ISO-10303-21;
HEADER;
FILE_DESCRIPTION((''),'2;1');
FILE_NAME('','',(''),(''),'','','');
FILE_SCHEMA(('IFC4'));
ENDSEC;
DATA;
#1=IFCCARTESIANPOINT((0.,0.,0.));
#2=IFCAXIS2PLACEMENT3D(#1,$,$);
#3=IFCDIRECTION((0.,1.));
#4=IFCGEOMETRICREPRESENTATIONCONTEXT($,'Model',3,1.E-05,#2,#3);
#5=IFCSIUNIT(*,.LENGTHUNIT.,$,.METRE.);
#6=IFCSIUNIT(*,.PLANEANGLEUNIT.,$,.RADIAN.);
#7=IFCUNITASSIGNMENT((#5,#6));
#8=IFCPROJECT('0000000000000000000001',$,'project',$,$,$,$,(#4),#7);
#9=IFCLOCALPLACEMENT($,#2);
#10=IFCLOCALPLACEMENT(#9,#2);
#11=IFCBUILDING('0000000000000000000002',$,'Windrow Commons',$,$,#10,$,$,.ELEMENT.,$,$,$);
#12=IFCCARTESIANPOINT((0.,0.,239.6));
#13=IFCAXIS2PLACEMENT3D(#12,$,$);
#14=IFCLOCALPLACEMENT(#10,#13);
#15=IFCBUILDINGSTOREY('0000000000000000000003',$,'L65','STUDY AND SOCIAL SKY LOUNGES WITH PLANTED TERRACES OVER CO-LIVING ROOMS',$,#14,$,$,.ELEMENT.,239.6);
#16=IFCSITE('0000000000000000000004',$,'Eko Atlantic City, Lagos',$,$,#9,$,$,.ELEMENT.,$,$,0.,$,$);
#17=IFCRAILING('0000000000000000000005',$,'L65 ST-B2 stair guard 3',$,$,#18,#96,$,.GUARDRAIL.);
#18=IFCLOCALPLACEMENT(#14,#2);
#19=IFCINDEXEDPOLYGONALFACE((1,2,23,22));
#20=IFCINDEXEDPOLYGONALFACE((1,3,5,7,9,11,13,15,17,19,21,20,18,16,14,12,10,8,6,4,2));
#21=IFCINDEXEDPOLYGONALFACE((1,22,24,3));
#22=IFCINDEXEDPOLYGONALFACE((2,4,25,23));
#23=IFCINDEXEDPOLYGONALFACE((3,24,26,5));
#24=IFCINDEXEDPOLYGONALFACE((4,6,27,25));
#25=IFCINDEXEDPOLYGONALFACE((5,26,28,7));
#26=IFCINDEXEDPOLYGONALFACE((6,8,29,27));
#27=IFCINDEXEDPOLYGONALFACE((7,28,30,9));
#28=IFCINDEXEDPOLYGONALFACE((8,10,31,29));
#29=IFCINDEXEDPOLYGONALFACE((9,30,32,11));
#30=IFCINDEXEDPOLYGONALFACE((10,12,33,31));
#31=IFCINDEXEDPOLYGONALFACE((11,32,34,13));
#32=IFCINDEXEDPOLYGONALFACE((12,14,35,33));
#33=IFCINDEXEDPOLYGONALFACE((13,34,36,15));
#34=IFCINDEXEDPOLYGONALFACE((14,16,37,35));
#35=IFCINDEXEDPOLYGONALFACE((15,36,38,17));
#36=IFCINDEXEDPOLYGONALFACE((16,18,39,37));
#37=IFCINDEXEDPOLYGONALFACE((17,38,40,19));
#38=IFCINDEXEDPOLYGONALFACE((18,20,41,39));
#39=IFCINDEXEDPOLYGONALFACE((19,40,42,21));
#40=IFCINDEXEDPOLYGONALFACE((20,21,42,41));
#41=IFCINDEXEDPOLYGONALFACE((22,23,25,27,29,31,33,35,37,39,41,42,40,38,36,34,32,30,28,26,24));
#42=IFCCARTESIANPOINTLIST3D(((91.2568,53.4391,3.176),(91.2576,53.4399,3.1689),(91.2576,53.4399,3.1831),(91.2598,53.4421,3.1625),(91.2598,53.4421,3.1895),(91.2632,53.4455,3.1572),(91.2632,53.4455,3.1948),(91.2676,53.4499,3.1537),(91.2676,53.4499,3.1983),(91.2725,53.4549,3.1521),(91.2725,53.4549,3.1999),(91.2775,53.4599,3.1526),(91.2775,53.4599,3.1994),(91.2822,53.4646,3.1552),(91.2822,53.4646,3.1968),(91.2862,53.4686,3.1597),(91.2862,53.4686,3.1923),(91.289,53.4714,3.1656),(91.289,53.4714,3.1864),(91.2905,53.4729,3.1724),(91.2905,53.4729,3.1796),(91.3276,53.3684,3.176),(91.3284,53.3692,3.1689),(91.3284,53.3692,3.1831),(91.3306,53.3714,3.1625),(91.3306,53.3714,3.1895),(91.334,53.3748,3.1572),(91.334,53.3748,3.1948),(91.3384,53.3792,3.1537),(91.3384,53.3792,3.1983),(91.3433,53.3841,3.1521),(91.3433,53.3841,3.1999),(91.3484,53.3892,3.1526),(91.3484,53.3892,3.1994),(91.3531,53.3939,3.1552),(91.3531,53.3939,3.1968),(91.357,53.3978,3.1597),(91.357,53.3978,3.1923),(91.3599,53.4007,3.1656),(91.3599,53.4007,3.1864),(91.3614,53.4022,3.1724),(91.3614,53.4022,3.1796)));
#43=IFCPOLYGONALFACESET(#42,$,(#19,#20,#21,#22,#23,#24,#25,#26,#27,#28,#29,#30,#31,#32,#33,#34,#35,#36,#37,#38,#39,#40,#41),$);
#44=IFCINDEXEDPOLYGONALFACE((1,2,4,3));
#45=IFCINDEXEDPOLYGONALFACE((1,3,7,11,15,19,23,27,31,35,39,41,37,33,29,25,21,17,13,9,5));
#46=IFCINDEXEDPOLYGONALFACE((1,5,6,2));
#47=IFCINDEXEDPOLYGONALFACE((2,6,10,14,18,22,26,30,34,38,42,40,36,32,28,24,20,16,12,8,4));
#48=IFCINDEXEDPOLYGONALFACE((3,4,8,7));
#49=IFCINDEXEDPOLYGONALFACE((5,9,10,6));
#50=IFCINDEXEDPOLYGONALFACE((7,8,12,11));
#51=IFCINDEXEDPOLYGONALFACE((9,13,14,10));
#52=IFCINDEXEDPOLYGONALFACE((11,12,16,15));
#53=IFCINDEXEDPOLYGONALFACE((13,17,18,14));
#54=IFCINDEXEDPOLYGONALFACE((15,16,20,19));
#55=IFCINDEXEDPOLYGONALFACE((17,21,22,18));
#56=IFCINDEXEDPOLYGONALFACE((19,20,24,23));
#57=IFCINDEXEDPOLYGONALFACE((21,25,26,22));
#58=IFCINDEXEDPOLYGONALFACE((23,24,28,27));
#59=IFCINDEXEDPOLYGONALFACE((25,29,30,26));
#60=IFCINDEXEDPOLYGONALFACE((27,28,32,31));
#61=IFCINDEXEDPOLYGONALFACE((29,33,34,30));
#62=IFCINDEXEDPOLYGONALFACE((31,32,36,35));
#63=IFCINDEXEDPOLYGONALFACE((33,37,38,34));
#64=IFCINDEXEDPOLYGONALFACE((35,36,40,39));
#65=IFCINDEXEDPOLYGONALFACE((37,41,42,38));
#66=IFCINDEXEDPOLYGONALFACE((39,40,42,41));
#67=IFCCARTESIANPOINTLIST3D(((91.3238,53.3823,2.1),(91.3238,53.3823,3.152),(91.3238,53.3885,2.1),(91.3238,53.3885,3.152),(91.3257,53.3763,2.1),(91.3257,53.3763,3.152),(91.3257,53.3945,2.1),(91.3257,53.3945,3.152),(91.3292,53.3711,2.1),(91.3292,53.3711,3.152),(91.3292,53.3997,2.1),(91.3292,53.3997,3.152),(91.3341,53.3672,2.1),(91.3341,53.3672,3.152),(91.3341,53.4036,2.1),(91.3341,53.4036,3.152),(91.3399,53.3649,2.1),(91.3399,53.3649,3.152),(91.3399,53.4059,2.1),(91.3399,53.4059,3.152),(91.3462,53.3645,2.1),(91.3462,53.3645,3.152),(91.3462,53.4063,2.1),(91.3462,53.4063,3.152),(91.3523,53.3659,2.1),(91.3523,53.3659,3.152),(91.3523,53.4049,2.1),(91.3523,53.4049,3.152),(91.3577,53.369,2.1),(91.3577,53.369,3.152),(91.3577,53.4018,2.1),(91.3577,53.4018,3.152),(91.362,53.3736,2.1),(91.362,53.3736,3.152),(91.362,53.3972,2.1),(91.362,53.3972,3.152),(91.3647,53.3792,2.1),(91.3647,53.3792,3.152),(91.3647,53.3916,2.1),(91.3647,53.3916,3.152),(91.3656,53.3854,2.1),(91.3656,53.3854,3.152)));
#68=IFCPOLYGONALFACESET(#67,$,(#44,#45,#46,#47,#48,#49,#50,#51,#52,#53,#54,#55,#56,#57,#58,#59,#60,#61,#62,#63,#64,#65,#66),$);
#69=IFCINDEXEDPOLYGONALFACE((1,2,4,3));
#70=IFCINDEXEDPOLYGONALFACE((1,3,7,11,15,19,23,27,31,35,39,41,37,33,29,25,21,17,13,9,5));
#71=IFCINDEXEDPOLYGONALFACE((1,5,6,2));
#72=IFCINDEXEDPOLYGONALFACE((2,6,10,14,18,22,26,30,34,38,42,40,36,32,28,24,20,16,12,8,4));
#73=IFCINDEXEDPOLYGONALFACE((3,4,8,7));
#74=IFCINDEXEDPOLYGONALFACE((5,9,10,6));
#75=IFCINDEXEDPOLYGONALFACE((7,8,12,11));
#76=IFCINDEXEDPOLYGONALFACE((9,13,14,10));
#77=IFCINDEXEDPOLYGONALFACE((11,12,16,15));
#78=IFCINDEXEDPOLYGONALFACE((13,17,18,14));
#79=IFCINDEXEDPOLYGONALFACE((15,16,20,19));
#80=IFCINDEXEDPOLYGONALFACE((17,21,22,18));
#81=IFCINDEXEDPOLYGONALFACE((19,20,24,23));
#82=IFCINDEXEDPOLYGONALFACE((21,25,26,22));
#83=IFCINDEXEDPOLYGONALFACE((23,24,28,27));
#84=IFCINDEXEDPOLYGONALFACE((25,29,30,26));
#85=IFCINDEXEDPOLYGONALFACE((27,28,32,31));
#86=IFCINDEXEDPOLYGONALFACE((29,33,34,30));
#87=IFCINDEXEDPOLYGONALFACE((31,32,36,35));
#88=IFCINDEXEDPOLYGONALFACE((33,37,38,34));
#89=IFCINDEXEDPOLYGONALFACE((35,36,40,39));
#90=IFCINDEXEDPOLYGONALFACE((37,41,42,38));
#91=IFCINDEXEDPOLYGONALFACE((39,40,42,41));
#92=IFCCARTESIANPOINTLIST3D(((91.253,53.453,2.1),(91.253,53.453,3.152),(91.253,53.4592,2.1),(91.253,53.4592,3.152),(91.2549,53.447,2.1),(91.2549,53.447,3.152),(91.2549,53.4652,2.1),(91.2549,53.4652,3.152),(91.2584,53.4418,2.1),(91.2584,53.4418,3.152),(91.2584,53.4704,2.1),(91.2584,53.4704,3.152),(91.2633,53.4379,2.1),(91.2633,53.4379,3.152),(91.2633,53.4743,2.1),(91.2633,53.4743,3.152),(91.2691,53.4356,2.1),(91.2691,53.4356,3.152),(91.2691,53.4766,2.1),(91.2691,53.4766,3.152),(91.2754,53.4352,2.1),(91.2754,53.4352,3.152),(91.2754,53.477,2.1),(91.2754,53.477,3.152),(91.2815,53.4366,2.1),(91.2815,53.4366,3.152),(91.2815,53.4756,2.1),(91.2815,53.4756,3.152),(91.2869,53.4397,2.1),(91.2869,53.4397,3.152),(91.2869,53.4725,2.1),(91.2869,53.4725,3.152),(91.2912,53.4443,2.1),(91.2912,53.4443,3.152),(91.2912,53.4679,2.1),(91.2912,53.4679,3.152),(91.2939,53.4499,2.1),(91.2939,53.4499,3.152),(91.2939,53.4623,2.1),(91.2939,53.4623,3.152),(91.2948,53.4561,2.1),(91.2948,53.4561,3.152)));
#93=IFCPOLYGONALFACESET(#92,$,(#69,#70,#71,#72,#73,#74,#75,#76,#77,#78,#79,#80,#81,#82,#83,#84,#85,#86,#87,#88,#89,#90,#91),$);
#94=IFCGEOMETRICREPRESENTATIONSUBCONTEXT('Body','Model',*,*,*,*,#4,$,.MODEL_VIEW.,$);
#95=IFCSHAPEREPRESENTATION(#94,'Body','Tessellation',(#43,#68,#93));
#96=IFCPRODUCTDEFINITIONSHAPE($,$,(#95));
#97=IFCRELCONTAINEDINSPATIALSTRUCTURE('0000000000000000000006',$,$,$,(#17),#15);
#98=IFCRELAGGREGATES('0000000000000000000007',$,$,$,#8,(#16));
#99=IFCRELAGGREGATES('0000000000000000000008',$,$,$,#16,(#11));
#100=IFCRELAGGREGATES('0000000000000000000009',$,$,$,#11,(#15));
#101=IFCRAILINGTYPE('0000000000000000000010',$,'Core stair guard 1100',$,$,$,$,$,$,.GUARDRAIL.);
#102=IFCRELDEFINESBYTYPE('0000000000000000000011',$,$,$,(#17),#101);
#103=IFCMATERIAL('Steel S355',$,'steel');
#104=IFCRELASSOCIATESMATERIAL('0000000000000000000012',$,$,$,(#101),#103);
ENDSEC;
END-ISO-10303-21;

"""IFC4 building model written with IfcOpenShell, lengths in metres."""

from ifc_helpers import new_model, si_unit, direction, frame, origin, origin_2d, place, context, subcontext, project, spatial, circle, extrude, material, type_object, element, save


model = new_model("IFC4")

# Units and contexts
model_context = context("Model", 3, precision=1e-05, world=origin(), true_north=direction((0.0, 1.0)))
body_context = subcontext(model_context, "Body", "Model", "MODEL_VIEW")
ifc_project = project(units=[si_unit("LENGTHUNIT", "METRE"), si_unit("PLANEANGLEUNIT", "RADIAN")], contexts=[model_context])

# Site, building, storey
site_placement = place(None, origin())
site = spatial("IfcSite", under=ifc_project, at=site_placement, Name="Eko Atlantic City, Lagos", CompositionType="ELEMENT", RefElevation=0.0)
building_placement = place(site_placement, origin())
building = spatial("IfcBuilding", under=site, at=building_placement, Name="Windrow Commons", CompositionType="ELEMENT")
storey_placement = place(building_placement, frame((0.0, 0.0, 239.6)))
storey = spatial("IfcBuildingStorey", under=building, at=storey_placement, Name="L65", Description="STUDY AND SOCIAL SKY LOUNGES WITH PLANTED TERRACES OVER CO-LIVING ROOMS", CompositionType="ELEMENT", Elevation=239.6)

# Railing
ifc_material_1 = material(Name="Steel S355", Category="steel")
railing_type_1 = type_object("IfcRailingType", Name="Core stair guard 1100", PredefinedType="GUARDRAIL", material=ifc_material_1)
railing_1_placement = place(storey_placement, frame((91.3446, 53.3854, 2.1)))
element("IfcRailing", 1, at=railing_1_placement, inside=storey, type_object=railing_type_1, Name="L65 ST-B2 stair guard 3", PredefinedType="GUARDRAIL", context=body_context, shape_type="SweptSolid", body=[
    extrude(circle(Radius=0.024, at=origin_2d()), frame((0.0, 0.0, 1.076), z_axis=(-0.707606, 0.706607, 0.0), x_axis=(-0.706607, -0.707606, 0.0)), (0.0, 0.0, 1.0), 0.1001),
    extrude(circle(Radius=0.021, at=origin_2d()), origin(), (0.0, 0.0, 1.0), 1.052),
    extrude(circle(Radius=0.021, at=origin_2d()), frame((-0.0708, 0.0707, 0.0)), (0.0, 0.0, 1.0), 1.052),
])

save(model, "model.ifc")
